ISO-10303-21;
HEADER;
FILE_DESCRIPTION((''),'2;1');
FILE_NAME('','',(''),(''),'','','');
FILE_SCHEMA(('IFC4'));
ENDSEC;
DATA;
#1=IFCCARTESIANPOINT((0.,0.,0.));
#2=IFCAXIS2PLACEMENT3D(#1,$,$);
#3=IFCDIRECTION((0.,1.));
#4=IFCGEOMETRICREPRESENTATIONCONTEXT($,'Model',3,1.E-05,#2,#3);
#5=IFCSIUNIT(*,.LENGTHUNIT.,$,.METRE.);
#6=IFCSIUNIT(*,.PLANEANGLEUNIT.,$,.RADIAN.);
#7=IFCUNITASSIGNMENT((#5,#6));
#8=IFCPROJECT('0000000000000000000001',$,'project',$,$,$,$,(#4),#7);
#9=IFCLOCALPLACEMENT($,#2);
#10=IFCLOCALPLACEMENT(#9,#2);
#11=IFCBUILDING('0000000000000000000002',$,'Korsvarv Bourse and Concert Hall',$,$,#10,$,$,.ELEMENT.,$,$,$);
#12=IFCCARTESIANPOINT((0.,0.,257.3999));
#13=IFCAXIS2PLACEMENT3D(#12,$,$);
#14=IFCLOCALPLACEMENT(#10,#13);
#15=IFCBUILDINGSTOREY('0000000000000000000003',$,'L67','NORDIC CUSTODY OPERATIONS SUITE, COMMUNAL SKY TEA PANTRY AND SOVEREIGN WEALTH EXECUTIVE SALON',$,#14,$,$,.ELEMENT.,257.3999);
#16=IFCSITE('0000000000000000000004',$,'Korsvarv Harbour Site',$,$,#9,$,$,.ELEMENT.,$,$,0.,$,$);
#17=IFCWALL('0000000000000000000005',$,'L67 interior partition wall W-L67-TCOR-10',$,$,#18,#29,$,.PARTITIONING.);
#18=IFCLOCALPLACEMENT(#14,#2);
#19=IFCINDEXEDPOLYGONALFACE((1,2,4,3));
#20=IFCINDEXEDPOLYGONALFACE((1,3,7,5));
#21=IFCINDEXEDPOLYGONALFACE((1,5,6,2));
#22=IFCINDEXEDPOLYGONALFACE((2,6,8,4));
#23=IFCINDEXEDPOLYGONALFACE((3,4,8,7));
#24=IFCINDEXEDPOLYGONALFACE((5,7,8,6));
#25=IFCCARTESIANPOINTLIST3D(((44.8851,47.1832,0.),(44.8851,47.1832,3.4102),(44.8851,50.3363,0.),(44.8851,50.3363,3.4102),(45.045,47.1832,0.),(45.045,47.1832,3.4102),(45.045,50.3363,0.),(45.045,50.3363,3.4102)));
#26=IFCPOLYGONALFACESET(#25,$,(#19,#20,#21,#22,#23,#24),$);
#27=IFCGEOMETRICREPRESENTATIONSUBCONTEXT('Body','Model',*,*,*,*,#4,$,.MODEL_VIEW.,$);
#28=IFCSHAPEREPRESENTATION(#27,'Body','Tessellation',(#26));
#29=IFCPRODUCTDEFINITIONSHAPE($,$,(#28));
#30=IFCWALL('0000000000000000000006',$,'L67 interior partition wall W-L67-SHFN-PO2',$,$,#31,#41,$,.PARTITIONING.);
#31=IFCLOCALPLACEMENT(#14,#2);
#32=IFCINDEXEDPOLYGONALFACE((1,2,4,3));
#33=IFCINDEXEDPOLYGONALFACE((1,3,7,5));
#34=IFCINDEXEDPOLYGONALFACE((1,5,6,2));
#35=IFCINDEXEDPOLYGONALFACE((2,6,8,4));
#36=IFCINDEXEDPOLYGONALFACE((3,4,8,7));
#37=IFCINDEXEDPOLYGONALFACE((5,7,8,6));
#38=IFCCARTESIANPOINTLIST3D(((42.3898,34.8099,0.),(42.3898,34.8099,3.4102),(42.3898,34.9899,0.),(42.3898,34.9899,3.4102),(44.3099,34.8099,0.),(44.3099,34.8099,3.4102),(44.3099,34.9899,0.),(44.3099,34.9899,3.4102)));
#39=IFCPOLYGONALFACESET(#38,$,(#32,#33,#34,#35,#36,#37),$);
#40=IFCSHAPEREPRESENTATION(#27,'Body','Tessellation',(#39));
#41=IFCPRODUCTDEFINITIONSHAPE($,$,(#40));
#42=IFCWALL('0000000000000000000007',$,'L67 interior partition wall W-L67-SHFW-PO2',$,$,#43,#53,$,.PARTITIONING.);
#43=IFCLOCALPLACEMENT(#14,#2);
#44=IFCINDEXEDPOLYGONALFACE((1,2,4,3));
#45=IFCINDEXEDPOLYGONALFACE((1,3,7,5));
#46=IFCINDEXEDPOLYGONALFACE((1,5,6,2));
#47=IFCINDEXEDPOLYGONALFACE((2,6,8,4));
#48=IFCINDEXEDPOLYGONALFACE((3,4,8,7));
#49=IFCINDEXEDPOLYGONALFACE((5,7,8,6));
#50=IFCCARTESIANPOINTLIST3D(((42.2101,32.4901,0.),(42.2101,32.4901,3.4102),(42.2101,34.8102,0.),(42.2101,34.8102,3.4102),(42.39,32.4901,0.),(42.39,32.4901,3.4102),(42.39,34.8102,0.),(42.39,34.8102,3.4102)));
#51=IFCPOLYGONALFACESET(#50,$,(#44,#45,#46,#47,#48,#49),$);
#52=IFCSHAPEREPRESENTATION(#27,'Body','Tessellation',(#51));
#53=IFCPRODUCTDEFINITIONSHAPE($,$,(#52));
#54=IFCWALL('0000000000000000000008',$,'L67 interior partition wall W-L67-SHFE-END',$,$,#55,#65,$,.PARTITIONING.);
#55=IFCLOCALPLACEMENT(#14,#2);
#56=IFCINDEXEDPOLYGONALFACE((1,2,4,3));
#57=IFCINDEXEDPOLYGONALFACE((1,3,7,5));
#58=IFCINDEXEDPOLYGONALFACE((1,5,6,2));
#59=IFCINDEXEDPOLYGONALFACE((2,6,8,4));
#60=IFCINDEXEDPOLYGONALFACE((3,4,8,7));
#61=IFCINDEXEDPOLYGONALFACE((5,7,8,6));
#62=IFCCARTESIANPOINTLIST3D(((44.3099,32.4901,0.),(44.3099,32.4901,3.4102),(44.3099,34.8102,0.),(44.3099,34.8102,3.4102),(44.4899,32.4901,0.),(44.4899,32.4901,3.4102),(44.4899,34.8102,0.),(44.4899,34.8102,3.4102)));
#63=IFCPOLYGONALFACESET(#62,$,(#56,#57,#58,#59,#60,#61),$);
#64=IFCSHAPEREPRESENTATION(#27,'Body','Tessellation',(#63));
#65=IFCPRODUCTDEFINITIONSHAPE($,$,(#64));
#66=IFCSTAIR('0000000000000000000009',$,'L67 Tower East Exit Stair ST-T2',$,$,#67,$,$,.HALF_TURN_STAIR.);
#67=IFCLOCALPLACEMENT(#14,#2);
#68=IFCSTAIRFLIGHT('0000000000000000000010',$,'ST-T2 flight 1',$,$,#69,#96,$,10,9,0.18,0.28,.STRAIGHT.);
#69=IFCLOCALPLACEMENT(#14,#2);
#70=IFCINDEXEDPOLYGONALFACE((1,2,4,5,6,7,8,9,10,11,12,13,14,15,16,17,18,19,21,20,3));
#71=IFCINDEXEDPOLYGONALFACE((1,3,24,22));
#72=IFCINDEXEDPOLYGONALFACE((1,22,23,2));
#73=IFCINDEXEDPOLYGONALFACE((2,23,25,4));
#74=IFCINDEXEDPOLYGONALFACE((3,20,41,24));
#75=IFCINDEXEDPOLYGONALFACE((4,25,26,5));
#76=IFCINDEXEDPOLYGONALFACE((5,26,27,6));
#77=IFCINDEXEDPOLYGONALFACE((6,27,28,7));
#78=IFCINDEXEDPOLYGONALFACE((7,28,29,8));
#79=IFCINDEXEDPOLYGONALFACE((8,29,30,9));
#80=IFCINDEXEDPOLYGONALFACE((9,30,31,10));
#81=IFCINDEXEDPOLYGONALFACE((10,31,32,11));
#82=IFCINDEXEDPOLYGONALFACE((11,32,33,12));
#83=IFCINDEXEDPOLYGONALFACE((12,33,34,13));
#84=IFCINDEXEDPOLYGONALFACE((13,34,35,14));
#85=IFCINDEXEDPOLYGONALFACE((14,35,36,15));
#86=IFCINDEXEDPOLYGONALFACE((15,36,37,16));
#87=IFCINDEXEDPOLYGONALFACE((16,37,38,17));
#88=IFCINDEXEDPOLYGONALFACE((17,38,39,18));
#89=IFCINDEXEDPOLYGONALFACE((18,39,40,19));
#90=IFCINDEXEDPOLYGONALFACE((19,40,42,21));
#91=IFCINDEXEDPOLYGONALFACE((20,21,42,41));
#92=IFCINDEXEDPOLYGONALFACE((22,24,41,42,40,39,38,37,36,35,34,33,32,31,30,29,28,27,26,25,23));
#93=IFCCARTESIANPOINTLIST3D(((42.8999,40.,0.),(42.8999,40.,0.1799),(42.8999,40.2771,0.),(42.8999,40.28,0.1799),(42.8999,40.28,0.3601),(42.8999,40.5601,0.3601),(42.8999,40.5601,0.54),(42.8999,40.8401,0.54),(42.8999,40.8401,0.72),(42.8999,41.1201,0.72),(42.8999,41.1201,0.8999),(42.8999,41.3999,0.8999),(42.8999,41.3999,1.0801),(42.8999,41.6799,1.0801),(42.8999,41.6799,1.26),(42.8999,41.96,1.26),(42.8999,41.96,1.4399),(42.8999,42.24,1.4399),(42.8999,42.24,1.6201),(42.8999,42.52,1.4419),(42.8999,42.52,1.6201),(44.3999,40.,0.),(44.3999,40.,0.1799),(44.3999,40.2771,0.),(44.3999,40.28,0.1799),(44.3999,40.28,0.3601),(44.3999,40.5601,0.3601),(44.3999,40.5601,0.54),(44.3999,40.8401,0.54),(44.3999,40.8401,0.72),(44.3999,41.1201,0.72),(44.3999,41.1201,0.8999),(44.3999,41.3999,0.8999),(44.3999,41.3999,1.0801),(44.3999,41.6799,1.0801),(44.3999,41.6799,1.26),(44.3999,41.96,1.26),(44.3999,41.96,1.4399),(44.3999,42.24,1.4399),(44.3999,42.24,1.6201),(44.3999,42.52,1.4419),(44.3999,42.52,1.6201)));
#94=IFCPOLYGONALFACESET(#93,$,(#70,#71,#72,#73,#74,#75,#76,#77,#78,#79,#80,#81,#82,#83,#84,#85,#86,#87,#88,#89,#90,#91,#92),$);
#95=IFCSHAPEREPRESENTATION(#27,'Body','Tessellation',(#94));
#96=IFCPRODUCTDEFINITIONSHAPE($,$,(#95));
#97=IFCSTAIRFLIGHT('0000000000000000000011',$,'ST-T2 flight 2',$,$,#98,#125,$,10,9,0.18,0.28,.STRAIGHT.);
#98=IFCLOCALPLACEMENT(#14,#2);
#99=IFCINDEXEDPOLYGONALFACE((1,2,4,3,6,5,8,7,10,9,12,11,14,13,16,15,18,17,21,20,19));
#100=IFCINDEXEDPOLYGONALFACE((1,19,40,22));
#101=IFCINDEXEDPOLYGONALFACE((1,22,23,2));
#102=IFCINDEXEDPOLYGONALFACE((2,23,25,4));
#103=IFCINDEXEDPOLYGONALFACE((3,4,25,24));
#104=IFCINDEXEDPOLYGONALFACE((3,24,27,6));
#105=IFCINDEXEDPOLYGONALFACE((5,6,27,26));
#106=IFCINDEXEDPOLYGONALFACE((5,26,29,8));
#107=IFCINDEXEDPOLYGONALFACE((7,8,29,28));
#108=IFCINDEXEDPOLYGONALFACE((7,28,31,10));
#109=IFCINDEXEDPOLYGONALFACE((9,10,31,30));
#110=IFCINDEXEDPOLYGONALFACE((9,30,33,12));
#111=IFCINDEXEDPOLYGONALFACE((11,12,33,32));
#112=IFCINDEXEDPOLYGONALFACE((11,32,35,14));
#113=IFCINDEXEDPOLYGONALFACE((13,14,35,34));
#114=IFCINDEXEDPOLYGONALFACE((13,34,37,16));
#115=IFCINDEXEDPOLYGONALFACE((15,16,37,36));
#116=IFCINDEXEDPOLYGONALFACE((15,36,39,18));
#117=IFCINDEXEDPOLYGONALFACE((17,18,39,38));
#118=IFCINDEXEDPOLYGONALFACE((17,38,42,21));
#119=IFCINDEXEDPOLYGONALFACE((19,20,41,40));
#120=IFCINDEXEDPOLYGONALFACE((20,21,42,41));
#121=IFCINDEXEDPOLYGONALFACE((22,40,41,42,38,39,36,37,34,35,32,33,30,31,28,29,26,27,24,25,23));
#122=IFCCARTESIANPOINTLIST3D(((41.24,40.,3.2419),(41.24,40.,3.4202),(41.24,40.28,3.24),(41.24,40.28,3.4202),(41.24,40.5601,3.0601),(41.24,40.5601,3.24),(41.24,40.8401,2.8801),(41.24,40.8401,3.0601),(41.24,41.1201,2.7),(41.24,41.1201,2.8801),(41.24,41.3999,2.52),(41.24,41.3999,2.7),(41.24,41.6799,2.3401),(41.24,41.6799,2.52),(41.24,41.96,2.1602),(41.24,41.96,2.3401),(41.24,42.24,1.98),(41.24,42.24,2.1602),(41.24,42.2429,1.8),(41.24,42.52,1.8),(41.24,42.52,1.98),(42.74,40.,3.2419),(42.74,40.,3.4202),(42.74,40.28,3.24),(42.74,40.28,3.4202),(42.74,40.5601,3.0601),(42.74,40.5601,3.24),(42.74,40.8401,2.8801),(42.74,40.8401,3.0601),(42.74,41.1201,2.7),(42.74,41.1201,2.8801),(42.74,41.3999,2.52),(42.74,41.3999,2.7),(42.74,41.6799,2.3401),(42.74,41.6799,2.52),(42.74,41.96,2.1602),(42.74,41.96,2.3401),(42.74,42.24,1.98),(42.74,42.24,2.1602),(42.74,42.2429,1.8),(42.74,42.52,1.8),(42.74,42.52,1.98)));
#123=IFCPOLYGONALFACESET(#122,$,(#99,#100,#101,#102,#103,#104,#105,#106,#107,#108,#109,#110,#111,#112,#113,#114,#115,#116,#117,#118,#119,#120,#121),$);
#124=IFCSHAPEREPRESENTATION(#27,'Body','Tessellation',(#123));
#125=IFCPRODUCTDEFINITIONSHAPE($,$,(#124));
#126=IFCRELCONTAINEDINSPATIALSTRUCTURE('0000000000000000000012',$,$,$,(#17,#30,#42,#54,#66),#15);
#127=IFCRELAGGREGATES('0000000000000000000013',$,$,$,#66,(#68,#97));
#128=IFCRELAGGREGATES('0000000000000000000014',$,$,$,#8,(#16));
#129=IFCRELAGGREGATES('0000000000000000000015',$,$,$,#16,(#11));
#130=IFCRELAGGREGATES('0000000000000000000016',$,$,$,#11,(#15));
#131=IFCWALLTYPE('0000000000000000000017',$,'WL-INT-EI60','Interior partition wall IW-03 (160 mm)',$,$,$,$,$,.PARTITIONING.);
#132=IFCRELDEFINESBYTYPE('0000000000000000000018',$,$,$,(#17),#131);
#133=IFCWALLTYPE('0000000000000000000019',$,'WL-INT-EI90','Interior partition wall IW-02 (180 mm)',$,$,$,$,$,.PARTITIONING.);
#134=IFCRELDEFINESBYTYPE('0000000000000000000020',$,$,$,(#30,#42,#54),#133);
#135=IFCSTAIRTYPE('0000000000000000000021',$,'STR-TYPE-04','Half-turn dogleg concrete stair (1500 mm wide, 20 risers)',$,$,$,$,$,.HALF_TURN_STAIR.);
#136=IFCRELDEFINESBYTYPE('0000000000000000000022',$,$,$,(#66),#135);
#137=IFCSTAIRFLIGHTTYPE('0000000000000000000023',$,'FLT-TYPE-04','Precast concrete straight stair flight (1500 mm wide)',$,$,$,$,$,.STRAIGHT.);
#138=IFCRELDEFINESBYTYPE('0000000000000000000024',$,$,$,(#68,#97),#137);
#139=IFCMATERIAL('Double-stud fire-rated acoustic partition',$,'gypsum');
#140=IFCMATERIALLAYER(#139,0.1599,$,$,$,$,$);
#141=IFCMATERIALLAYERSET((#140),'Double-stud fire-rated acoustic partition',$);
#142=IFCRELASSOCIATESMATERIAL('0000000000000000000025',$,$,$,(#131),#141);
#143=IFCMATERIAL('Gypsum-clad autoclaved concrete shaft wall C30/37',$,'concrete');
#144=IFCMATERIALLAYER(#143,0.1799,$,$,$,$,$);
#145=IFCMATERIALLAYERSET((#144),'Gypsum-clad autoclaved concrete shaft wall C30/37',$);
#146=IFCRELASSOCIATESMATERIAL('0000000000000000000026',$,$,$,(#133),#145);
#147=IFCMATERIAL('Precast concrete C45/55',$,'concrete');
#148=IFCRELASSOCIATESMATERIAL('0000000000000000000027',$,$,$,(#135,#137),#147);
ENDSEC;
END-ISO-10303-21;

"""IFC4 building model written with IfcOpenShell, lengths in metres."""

from ifc_helpers import new_model, si_unit, direction, frame, frame_2d, origin, place, context, subcontext, project, spatial, polyline, rectangle, outline, extrude, material, layer, layer_set, type_object, element, aggregate, save


model = new_model("IFC4")

# Units and contexts
model_context = context("Model", 3, precision=1e-05, world=origin(), true_north=direction((0.0, 1.0)))
body_context = subcontext(model_context, "Body", "Model", "MODEL_VIEW")
ifc_project = project(units=[si_unit("LENGTHUNIT", "METRE"), si_unit("PLANEANGLEUNIT", "RADIAN")], contexts=[model_context])

# Site, building, storey
site_placement = place(None, origin())
site = spatial("IfcSite", under=ifc_project, at=site_placement, Name="Korsvarv Harbour Site", CompositionType="ELEMENT", RefElevation=0.0)
building_placement = place(site_placement, origin())
building = spatial("IfcBuilding", under=site, at=building_placement, Name="Korsvarv Bourse and Concert Hall", CompositionType="ELEMENT")
storey_placement = place(building_placement, frame((0.0, 0.0, 257.3999)))
storey = spatial("IfcBuildingStorey", under=building, at=storey_placement, Name="L67", Description="NORDIC CUSTODY OPERATIONS SUITE, COMMUNAL SKY TEA PANTRY AND SOVEREIGN WEALTH EXECUTIVE SALON", CompositionType="ELEMENT", Elevation=257.3999)

# Shared definitions
ifc_material_1 = material(Name="Double-stud fire-rated acoustic partition", Category="gypsum")
ifc_layer_1 = layer(ifc_material_1, 0.1599)
ifc_layer_set_1 = layer_set([ifc_layer_1], Name="Double-stud fire-rated acoustic partition")
wall_type_1 = type_object("IfcWallType", Name="WL-INT-EI60", Description="Interior partition wall IW-03 (160 mm)", PredefinedType="PARTITIONING", material=ifc_layer_set_1)

# Walls
wall_1_placement = place(storey_placement, frame((44.9651, 47.1831, 0.0), z_axis=(0.0, 0.0, 1.0), x_axis=(0.0, 1.0, 0.0)))
element("IfcWall", 1, at=wall_1_placement, inside=storey, type_object=wall_type_1, Name="L67 interior partition wall W-L67-TCOR-10", PredefinedType="PARTITIONING", context=body_context, shape_type="SweptSolid", body=[
    extrude(rectangle(XDim=3.1531, YDim=0.1599, at=frame_2d((1.5767, 0.0))), origin(), (0.0, 0.0, 1.0), 3.4102),
])
ifc_material_2 = material(Name="Gypsum-clad autoclaved concrete shaft wall C30/37", Category="concrete")
ifc_layer_2 = layer(ifc_material_2, 0.1799)
ifc_layer_set_2 = layer_set([ifc_layer_2], Name="Gypsum-clad autoclaved concrete shaft wall C30/37")
wall_type_2 = type_object("IfcWallType", Name="WL-INT-EI90", Description="Interior partition wall IW-02 (180 mm)", PredefinedType="PARTITIONING", material=ifc_layer_set_2)
wall_2_placement = place(storey_placement, frame((42.3899, 34.8999, 0.0), z_axis=(0.0, 0.0, 1.0), x_axis=(1.0, 0.0, 0.0)))
element("IfcWall", 2, at=wall_2_placement, inside=storey, type_object=wall_type_2, Name="L67 interior partition wall W-L67-SHFN-PO2", PredefinedType="PARTITIONING", context=body_context, shape_type="SweptSolid", body=[
    extrude(rectangle(XDim=1.9202, YDim=0.1799, at=frame_2d((0.96, 0.0))), origin(), (0.0, 0.0, 1.0), 3.4102),
])
for number, where, z_axis, x_axis, name in (
    (3, (42.3, 32.49, 0.0), (0.0, 0.0, 1.0), (0.0, 1.0, 0.0), "L67 interior partition wall W-L67-SHFW-PO2"),
    (4, (44.3999, 32.49, 0.0), (0.0, 0.0, 1.0), (0.0, 1.0, 0.0), "L67 interior partition wall W-L67-SHFE-END"),
):
    element("IfcWall", number, at=place(storey_placement, frame(where, z_axis=z_axis, x_axis=x_axis)), inside=storey, type_object=wall_type_2, Name=name, PredefinedType="PARTITIONING", context=body_context, shape_type="SweptSolid", body=[
        extrude(rectangle(XDim=2.3201, YDim=0.1799, at=frame_2d((1.1602, 0.0))), origin(), (0.0, 0.0, 1.0), 3.4102),
    ])

# Stair, stair flights
ifc_material_3 = material(Name="Precast concrete C45/55", Category="concrete")
stair_type = type_object("IfcStairType", Name="STR-TYPE-04", Description="Half-turn dogleg concrete stair (1500 mm wide, 20 risers)", PredefinedType="HALF_TURN_STAIR", material=ifc_material_3)
stair_placement = place(storey_placement, origin())
stair = element("IfcStair", 5, at=stair_placement, inside=storey, type_object=stair_type, Name="L67 Tower East Exit Stair ST-T2", PredefinedType="HALF_TURN_STAIR")
stair_flight_type = type_object("IfcStairFlightType", Name="FLT-TYPE-04", Description="Precast concrete straight stair flight (1500 mm wide)", PredefinedType="STRAIGHT", material=ifc_material_3)
stair_flight_1_placement = place(storey_placement, frame((43.6499, 40.0, 0.0), z_axis=(0.0, 0.0, 1.0), x_axis=(0.0, 1.0, 0.0)))
stair_flight_1 = element("IfcStairFlight", 6, at=stair_flight_1_placement, type_object=stair_flight_type, Name="ST-T2 flight 1", NumberOfRisers=10, NumberOfTreads=9, PredefinedType="STRAIGHT", RiserHeight=0.18, TreadLength=0.28, context=body_context, shape_type="SweptSolid", body=[
    extrude(outline(polyline([(0.0, 0.0), (0.0, 0.1799), (0.28, 0.1799), (0.28, 0.3601), (0.5601, 0.3601), (0.5601, 0.54), (0.8401, 0.54), (0.8401, 0.72), (1.1201, 0.72), (1.1201, 0.8999), (1.3999, 0.8999), (1.3999, 1.0801), (1.6799, 1.0801), (1.6799, 1.26), (1.96, 1.26), (1.96, 1.4399), (2.24, 1.4399), (2.24, 1.6201), (2.52, 1.6201), (2.52, 1.8), (2.52, 1.4419), (0.2771, 0.0), (0.0, 0.0)])), frame((0.0, 0.75, 0.0), z_axis=(0.0, -1.0, 0.0), x_axis=(1.0, 0.0, 0.0)), (0.0, 0.0, 1.0), 1.5),
])
stair_flight_2_placement = place(storey_placement, frame((41.99, 42.52, 1.8), z_axis=(0.0, 0.0, 1.0), x_axis=(0.0, -1.0, 0.0)))
stair_flight_2 = element("IfcStairFlight", 7, at=stair_flight_2_placement, type_object=stair_flight_type, Name="ST-T2 flight 2", NumberOfRisers=10, NumberOfTreads=9, PredefinedType="STRAIGHT", RiserHeight=0.18, TreadLength=0.28, context=body_context, shape_type="SweptSolid", body=[
    extrude(outline(polyline([(0.0, 0.0), (0.0, 0.1799), (0.28, 0.1799), (0.28, 0.3601), (0.5601, 0.3601), (0.5601, 0.54), (0.8401, 0.54), (0.8401, 0.72), (1.1201, 0.72), (1.1201, 0.8999), (1.3999, 0.8999), (1.3999, 1.0801), (1.6799, 1.0801), (1.6799, 1.26), (1.96, 1.26), (1.96, 1.4399), (2.24, 1.4399), (2.24, 1.6201), (2.52, 1.6201), (2.52, 1.8), (2.52, 1.4419), (0.2771, 0.0), (0.0, 0.0)])), frame((0.0, 0.75, 0.0), z_axis=(0.0, -1.0, 0.0), x_axis=(1.0, 0.0, 0.0)), (0.0, 0.0, 1.0), 1.5),
])
aggregate(stair, [stair_flight_1, stair_flight_2])

save(model, "model.ifc")
